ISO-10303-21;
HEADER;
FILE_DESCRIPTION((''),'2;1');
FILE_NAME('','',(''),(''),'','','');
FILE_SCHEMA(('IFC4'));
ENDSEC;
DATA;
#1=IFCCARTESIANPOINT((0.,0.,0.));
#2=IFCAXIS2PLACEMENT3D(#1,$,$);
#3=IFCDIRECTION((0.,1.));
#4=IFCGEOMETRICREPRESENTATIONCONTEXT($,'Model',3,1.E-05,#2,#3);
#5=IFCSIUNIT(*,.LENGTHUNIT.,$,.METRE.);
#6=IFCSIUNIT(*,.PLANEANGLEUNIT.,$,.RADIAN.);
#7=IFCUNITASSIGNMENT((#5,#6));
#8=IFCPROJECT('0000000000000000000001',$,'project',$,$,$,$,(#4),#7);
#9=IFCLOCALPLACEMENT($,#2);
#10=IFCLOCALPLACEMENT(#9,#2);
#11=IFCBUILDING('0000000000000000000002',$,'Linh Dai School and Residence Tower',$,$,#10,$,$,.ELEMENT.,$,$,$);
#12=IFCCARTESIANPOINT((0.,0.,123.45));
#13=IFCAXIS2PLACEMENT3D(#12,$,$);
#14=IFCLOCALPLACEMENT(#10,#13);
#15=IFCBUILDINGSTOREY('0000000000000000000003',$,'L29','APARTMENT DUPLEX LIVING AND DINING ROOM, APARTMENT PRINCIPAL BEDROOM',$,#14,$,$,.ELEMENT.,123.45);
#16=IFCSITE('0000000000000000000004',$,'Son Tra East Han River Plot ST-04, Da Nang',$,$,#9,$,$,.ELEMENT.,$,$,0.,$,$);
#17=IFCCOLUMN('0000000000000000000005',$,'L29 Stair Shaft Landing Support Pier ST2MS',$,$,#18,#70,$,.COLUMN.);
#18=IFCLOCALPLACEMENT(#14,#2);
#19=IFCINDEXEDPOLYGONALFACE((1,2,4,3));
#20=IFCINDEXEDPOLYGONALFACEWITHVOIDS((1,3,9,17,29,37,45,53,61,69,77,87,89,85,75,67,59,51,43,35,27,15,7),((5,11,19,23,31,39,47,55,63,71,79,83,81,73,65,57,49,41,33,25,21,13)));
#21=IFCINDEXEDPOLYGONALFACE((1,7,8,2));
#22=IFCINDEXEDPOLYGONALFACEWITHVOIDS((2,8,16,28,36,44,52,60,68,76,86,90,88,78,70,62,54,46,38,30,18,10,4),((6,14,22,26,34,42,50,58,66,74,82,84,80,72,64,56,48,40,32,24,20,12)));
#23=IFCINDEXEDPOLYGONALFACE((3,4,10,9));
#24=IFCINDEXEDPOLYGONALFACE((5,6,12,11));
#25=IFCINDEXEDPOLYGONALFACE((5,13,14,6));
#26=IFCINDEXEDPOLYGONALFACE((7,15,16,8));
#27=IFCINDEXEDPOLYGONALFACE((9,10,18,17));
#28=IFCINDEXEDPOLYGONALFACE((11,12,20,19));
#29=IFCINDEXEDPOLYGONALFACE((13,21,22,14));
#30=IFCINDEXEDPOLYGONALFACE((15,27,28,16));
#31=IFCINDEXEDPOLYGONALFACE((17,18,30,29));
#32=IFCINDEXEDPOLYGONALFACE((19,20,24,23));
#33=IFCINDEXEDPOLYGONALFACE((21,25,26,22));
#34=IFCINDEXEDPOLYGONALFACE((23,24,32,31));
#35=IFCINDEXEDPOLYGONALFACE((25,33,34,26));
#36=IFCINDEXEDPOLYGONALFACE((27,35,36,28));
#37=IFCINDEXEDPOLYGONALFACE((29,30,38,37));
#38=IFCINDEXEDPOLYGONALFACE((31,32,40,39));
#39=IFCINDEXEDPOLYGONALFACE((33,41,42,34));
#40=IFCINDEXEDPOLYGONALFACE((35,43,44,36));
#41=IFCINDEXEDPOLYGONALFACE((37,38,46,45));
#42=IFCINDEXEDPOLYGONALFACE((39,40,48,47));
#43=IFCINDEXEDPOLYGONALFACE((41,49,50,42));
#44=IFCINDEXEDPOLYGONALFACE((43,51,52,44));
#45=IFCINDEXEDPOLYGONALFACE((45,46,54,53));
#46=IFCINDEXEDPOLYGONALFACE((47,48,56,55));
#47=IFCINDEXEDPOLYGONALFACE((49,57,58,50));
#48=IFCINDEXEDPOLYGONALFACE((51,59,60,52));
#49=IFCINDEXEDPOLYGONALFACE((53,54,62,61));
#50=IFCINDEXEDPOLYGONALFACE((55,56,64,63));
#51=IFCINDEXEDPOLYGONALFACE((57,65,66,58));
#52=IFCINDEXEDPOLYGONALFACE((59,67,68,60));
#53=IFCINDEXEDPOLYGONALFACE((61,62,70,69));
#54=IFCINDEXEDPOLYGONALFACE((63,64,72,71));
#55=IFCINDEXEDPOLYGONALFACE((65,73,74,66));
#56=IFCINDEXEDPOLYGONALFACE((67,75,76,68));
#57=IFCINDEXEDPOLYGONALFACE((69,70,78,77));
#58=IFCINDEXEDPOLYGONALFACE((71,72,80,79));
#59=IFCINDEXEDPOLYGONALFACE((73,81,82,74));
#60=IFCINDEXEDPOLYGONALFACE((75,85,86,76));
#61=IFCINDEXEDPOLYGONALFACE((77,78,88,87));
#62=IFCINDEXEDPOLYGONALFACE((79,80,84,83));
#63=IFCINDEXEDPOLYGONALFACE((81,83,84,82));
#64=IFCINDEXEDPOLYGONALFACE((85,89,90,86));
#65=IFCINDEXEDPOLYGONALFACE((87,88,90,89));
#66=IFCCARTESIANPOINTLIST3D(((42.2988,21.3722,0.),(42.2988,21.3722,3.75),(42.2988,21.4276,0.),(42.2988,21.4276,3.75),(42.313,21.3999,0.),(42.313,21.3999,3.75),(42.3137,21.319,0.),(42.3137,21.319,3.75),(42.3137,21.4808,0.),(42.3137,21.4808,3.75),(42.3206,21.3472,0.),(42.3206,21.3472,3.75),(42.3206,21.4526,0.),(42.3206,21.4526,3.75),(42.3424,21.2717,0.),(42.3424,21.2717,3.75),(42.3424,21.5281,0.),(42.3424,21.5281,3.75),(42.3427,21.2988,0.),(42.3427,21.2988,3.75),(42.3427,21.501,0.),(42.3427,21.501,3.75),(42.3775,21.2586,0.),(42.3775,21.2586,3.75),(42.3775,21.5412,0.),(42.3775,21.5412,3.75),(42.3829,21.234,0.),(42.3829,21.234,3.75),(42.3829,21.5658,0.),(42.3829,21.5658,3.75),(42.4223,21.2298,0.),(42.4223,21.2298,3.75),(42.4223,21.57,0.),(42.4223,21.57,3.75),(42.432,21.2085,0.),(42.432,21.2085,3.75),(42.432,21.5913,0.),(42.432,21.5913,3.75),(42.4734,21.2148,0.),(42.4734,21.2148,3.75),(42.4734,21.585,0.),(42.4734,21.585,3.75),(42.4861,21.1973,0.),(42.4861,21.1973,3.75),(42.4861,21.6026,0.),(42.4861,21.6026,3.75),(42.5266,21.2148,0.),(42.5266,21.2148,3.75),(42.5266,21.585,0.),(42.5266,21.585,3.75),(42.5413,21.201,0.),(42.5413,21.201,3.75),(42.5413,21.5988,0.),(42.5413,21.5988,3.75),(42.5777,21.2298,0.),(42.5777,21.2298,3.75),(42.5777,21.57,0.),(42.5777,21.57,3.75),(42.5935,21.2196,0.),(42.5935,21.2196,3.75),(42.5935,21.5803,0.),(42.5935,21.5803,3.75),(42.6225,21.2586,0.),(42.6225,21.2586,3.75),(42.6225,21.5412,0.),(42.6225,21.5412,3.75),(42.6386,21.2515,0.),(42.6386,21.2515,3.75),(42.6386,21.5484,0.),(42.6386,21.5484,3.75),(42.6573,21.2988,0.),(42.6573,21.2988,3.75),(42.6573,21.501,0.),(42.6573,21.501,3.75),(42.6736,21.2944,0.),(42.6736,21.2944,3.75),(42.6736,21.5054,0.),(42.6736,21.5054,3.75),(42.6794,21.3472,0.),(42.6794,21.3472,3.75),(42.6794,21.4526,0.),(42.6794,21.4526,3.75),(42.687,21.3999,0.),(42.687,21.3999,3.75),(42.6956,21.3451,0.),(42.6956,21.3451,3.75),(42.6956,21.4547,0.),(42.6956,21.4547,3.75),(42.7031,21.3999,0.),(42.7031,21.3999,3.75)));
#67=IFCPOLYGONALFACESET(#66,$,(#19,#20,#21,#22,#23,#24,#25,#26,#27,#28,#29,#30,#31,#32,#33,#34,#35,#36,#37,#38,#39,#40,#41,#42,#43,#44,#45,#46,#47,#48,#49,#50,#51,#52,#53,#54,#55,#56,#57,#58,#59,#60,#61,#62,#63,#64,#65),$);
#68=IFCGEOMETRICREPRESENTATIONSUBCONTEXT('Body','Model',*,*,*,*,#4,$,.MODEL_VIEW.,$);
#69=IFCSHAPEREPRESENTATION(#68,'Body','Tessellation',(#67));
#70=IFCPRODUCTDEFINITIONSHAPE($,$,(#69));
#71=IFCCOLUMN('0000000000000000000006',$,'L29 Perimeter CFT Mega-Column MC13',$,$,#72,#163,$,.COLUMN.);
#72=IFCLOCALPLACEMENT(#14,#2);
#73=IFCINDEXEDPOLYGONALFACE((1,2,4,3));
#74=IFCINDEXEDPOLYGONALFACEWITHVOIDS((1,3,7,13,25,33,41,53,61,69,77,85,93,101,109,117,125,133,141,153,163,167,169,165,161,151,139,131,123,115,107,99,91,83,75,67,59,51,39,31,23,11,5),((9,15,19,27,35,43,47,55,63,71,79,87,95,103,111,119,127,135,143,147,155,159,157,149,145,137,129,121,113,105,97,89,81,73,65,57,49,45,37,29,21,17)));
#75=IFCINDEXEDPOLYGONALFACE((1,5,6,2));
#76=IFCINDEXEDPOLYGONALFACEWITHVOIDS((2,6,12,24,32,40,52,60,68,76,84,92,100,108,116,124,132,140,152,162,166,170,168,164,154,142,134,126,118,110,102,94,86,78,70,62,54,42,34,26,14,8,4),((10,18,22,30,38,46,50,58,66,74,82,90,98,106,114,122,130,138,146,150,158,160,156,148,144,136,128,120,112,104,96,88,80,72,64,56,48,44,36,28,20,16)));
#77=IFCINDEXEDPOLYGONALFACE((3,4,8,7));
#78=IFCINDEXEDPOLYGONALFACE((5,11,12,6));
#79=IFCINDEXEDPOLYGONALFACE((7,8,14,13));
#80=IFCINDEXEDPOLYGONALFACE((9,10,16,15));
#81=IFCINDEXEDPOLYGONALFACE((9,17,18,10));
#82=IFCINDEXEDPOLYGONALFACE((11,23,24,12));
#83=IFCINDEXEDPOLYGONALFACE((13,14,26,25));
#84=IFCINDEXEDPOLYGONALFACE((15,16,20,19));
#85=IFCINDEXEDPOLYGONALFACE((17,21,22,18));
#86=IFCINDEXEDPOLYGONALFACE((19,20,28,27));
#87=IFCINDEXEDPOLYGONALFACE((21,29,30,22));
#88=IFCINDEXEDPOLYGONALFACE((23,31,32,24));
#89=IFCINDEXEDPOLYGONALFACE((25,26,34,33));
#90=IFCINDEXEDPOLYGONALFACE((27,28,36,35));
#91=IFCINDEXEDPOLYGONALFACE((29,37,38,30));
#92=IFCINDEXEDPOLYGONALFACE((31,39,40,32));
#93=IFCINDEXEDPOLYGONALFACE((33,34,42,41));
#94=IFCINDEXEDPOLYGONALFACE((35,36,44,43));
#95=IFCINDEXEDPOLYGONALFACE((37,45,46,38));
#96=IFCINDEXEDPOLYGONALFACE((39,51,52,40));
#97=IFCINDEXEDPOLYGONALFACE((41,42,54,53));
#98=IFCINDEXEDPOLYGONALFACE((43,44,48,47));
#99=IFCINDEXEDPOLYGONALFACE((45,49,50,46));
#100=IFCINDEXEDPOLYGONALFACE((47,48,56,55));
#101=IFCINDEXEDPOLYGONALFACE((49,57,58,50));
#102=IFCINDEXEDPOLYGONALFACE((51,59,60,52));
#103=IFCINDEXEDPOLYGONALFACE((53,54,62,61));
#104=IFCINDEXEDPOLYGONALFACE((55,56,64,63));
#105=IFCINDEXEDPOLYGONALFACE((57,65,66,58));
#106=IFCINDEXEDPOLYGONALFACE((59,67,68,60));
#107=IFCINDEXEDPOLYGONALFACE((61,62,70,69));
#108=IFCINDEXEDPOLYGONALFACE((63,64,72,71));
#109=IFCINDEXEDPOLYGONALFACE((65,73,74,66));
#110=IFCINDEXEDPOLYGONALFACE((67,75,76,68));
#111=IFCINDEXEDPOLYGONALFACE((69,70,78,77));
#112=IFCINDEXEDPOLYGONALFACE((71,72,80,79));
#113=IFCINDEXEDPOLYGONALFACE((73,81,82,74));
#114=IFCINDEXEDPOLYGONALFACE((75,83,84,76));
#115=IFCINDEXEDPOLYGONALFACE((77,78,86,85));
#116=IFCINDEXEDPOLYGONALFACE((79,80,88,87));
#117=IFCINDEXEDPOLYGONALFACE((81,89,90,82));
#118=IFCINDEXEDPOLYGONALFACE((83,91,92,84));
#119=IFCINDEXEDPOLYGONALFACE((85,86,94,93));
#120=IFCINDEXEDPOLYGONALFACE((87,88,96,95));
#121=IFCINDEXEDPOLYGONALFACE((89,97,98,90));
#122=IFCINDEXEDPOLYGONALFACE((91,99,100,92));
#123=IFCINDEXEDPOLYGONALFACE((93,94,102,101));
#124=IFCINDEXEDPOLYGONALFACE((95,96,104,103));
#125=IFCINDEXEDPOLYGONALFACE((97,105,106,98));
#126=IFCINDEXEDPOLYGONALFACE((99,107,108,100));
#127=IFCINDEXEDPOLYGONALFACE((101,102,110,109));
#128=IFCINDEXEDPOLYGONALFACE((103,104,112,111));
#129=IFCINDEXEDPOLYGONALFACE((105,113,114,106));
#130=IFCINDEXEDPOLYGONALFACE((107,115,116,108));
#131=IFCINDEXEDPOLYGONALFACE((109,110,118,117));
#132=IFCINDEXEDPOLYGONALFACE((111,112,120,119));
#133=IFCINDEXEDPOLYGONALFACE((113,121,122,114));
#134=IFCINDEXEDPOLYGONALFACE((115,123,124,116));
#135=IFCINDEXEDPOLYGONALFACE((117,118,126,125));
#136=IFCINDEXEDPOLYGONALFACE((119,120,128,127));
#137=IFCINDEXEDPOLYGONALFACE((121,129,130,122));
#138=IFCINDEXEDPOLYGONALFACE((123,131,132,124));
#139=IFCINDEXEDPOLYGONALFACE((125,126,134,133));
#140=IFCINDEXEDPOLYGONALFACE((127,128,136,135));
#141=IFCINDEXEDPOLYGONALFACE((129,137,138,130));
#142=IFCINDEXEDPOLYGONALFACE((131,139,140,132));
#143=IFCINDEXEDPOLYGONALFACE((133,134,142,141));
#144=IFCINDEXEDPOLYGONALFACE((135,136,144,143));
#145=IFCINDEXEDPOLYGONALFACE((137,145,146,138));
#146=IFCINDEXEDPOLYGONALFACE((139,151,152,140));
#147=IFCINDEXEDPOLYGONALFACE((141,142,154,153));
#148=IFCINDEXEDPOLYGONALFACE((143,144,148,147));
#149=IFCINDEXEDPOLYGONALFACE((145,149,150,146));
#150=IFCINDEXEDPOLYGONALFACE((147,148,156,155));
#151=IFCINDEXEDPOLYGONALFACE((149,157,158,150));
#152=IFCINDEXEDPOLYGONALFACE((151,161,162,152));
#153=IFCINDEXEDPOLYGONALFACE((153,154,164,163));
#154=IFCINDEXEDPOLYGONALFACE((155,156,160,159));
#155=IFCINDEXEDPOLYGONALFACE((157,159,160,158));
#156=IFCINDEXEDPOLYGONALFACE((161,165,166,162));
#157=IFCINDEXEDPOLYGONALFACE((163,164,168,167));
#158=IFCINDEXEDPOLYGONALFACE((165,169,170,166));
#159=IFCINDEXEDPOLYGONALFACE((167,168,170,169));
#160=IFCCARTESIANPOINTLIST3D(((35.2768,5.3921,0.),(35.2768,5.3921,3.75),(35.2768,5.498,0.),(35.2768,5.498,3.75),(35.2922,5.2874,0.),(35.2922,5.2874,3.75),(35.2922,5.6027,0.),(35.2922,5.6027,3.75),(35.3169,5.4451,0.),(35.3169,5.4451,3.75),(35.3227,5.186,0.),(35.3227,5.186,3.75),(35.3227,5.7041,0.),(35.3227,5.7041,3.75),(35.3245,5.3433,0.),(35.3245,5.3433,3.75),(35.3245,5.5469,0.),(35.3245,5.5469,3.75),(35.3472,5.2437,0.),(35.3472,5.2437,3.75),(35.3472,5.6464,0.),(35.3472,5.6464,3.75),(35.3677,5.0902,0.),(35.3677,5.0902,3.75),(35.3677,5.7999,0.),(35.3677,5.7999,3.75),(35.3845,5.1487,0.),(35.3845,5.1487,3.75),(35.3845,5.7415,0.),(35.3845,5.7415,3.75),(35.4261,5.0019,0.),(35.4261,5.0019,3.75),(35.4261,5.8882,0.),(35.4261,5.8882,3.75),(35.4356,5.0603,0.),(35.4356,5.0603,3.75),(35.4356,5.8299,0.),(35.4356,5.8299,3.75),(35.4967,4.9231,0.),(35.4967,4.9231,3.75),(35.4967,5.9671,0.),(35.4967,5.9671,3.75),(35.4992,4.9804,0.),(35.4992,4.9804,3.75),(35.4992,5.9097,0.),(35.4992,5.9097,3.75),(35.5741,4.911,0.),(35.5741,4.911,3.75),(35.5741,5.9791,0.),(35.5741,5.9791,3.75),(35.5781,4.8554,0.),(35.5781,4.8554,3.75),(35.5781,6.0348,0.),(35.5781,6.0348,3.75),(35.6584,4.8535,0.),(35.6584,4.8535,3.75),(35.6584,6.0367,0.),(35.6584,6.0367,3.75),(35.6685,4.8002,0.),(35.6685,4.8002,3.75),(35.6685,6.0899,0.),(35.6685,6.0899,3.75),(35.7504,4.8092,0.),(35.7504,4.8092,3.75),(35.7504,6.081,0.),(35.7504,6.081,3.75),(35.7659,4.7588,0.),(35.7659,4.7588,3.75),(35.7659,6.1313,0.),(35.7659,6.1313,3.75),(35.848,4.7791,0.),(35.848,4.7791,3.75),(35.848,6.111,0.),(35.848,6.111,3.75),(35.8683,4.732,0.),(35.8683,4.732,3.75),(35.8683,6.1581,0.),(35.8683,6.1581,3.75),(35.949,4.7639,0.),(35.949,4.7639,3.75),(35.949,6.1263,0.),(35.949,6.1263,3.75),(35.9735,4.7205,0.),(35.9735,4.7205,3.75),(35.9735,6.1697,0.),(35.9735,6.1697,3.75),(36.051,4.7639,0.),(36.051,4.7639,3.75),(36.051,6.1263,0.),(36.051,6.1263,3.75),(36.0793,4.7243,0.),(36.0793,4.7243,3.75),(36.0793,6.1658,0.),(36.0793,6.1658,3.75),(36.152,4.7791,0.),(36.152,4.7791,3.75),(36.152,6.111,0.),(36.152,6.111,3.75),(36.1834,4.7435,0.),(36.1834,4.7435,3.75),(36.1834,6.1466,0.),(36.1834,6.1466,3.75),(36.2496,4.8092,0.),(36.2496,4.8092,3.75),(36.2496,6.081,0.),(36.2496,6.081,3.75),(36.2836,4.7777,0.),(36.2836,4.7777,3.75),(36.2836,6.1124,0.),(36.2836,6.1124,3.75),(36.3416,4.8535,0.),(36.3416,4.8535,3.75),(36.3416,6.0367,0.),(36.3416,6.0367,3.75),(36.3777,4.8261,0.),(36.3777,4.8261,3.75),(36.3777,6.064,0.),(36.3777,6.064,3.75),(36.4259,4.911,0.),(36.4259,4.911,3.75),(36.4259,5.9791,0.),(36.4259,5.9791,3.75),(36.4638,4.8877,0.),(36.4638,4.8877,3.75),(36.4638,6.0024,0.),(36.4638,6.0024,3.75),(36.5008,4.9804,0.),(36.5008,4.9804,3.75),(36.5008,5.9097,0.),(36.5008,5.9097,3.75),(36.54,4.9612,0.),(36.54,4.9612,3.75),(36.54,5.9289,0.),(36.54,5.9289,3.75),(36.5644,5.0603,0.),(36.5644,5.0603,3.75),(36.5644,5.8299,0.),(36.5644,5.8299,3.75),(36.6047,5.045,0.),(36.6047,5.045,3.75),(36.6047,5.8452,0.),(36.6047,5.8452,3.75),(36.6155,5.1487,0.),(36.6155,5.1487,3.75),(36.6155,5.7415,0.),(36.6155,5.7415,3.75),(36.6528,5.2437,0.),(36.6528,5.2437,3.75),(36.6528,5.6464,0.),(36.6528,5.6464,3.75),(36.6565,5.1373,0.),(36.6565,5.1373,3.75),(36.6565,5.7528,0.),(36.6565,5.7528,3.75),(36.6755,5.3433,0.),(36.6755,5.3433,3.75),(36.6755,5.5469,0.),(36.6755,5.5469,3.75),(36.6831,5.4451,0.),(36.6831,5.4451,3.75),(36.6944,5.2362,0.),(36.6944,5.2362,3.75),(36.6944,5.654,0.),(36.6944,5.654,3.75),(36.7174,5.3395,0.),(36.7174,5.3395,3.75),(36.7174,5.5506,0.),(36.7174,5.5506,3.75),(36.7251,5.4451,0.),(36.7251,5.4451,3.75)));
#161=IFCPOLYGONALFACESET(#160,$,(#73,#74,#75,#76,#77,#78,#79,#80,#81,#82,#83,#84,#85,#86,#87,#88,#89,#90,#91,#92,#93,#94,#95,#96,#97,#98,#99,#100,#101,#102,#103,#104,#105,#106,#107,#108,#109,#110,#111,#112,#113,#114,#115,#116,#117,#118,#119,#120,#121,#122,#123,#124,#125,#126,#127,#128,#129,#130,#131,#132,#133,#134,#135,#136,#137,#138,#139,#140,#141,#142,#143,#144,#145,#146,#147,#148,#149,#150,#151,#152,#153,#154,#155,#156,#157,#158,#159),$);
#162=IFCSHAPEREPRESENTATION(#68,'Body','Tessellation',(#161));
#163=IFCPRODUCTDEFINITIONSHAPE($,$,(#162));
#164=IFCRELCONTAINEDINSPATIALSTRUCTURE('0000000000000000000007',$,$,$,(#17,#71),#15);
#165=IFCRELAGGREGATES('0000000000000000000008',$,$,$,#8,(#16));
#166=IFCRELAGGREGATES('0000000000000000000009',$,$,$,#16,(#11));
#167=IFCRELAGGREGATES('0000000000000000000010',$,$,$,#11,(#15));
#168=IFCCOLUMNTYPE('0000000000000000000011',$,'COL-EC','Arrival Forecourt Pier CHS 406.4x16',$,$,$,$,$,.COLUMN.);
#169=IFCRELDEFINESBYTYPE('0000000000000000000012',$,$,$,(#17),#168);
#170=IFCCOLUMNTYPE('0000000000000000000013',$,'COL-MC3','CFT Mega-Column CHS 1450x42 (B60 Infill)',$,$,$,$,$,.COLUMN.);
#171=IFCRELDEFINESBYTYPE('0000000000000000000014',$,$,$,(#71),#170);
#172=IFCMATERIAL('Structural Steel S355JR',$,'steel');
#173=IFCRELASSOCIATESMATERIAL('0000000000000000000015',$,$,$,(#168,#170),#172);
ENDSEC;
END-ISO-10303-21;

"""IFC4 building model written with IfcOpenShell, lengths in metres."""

from ifc_helpers import new_model, si_unit, direction, frame, origin, origin_2d, place, context, subcontext, project, spatial, hollow_circle, extrude, material, material_profile, profile_set, type_object, element, save


model = new_model("IFC4")

# Units and contexts
model_context = context("Model", 3, precision=1e-05, world=origin(), true_north=direction((0.0, 1.0)))
body_context = subcontext(model_context, "Body", "Model", "MODEL_VIEW")
ifc_project = project(units=[si_unit("LENGTHUNIT", "METRE"), si_unit("PLANEANGLEUNIT", "RADIAN")], contexts=[model_context])

# Site, building, storey
site_placement = place(None, origin())
site = spatial("IfcSite", under=ifc_project, at=site_placement, Name="Son Tra East Han River Plot ST-04, Da Nang", CompositionType="ELEMENT", RefElevation=0.0)
building_placement = place(site_placement, origin())
building = spatial("IfcBuilding", under=site, at=building_placement, Name="Linh Dai School and Residence Tower", CompositionType="ELEMENT")
storey_placement = place(building_placement, frame((0.0, 0.0, 123.45)))
storey = spatial("IfcBuildingStorey", under=building, at=storey_placement, Name="L29", Description="APARTMENT DUPLEX LIVING AND DINING ROOM, APARTMENT PRINCIPAL BEDROOM", CompositionType="ELEMENT", Elevation=123.45)

# Columns
ifc_material_1 = material(Name="Structural Steel S355JR", Category="steel")
ifc_material_profile_1 = material_profile(ifc_material_1, hollow_circle(Radius=0.2031, WallThickness=0.0161, at=origin_2d()), Name="CHS 406.4x16")
ifc_profile_set_1 = profile_set([ifc_material_profile_1], Name="Structural Steel S355JR")
column_type_1 = type_object("IfcColumnType", Name="COL-EC", Description="Arrival Forecourt Pier CHS 406.4x16", PredefinedType="COLUMN", material=ifc_profile_set_1)
column_1_placement = place(storey_placement, frame((42.5, 21.3999, 0.0), z_axis=(0.0, 0.0, 1.0), x_axis=(1.0, 0.0, 0.0)))
element("IfcColumn", 1, at=column_1_placement, inside=storey, type_object=column_type_1, Name="L29 Stair Shaft Landing Support Pier ST2MS", PredefinedType="COLUMN", context=body_context, shape_type="SweptSolid", body=[
    extrude(hollow_circle(Radius=0.2031, WallThickness=0.0161, at=origin_2d()), origin(), (0.0, 0.0, 1.0), 3.75),
])
ifc_material_profile_2 = material_profile(ifc_material_1, hollow_circle(Radius=0.7251, WallThickness=0.042, at=origin_2d()), Name="CHS 1450x42")
ifc_profile_set_2 = profile_set([ifc_material_profile_2], Name="Structural Steel S355JR")
column_type_2 = type_object("IfcColumnType", Name="COL-MC3", Description="CFT Mega-Column CHS 1450x42 (B60 Infill)", PredefinedType="COLUMN", material=ifc_profile_set_2)
column_2_placement = place(storey_placement, frame((36.0, 5.4451, 0.0), z_axis=(0.0, 0.0, 1.0), x_axis=(1.0, 0.0, 0.0)))
element("IfcColumn", 2, at=column_2_placement, inside=storey, type_object=column_type_2, Name="L29 Perimeter CFT Mega-Column MC13", PredefinedType="COLUMN", context=body_context, shape_type="SweptSolid", body=[
    extrude(hollow_circle(Radius=0.7251, WallThickness=0.042, at=origin_2d()), origin(), (0.0, 0.0, 1.0), 3.75),
])

save(model, "model.ifc")
